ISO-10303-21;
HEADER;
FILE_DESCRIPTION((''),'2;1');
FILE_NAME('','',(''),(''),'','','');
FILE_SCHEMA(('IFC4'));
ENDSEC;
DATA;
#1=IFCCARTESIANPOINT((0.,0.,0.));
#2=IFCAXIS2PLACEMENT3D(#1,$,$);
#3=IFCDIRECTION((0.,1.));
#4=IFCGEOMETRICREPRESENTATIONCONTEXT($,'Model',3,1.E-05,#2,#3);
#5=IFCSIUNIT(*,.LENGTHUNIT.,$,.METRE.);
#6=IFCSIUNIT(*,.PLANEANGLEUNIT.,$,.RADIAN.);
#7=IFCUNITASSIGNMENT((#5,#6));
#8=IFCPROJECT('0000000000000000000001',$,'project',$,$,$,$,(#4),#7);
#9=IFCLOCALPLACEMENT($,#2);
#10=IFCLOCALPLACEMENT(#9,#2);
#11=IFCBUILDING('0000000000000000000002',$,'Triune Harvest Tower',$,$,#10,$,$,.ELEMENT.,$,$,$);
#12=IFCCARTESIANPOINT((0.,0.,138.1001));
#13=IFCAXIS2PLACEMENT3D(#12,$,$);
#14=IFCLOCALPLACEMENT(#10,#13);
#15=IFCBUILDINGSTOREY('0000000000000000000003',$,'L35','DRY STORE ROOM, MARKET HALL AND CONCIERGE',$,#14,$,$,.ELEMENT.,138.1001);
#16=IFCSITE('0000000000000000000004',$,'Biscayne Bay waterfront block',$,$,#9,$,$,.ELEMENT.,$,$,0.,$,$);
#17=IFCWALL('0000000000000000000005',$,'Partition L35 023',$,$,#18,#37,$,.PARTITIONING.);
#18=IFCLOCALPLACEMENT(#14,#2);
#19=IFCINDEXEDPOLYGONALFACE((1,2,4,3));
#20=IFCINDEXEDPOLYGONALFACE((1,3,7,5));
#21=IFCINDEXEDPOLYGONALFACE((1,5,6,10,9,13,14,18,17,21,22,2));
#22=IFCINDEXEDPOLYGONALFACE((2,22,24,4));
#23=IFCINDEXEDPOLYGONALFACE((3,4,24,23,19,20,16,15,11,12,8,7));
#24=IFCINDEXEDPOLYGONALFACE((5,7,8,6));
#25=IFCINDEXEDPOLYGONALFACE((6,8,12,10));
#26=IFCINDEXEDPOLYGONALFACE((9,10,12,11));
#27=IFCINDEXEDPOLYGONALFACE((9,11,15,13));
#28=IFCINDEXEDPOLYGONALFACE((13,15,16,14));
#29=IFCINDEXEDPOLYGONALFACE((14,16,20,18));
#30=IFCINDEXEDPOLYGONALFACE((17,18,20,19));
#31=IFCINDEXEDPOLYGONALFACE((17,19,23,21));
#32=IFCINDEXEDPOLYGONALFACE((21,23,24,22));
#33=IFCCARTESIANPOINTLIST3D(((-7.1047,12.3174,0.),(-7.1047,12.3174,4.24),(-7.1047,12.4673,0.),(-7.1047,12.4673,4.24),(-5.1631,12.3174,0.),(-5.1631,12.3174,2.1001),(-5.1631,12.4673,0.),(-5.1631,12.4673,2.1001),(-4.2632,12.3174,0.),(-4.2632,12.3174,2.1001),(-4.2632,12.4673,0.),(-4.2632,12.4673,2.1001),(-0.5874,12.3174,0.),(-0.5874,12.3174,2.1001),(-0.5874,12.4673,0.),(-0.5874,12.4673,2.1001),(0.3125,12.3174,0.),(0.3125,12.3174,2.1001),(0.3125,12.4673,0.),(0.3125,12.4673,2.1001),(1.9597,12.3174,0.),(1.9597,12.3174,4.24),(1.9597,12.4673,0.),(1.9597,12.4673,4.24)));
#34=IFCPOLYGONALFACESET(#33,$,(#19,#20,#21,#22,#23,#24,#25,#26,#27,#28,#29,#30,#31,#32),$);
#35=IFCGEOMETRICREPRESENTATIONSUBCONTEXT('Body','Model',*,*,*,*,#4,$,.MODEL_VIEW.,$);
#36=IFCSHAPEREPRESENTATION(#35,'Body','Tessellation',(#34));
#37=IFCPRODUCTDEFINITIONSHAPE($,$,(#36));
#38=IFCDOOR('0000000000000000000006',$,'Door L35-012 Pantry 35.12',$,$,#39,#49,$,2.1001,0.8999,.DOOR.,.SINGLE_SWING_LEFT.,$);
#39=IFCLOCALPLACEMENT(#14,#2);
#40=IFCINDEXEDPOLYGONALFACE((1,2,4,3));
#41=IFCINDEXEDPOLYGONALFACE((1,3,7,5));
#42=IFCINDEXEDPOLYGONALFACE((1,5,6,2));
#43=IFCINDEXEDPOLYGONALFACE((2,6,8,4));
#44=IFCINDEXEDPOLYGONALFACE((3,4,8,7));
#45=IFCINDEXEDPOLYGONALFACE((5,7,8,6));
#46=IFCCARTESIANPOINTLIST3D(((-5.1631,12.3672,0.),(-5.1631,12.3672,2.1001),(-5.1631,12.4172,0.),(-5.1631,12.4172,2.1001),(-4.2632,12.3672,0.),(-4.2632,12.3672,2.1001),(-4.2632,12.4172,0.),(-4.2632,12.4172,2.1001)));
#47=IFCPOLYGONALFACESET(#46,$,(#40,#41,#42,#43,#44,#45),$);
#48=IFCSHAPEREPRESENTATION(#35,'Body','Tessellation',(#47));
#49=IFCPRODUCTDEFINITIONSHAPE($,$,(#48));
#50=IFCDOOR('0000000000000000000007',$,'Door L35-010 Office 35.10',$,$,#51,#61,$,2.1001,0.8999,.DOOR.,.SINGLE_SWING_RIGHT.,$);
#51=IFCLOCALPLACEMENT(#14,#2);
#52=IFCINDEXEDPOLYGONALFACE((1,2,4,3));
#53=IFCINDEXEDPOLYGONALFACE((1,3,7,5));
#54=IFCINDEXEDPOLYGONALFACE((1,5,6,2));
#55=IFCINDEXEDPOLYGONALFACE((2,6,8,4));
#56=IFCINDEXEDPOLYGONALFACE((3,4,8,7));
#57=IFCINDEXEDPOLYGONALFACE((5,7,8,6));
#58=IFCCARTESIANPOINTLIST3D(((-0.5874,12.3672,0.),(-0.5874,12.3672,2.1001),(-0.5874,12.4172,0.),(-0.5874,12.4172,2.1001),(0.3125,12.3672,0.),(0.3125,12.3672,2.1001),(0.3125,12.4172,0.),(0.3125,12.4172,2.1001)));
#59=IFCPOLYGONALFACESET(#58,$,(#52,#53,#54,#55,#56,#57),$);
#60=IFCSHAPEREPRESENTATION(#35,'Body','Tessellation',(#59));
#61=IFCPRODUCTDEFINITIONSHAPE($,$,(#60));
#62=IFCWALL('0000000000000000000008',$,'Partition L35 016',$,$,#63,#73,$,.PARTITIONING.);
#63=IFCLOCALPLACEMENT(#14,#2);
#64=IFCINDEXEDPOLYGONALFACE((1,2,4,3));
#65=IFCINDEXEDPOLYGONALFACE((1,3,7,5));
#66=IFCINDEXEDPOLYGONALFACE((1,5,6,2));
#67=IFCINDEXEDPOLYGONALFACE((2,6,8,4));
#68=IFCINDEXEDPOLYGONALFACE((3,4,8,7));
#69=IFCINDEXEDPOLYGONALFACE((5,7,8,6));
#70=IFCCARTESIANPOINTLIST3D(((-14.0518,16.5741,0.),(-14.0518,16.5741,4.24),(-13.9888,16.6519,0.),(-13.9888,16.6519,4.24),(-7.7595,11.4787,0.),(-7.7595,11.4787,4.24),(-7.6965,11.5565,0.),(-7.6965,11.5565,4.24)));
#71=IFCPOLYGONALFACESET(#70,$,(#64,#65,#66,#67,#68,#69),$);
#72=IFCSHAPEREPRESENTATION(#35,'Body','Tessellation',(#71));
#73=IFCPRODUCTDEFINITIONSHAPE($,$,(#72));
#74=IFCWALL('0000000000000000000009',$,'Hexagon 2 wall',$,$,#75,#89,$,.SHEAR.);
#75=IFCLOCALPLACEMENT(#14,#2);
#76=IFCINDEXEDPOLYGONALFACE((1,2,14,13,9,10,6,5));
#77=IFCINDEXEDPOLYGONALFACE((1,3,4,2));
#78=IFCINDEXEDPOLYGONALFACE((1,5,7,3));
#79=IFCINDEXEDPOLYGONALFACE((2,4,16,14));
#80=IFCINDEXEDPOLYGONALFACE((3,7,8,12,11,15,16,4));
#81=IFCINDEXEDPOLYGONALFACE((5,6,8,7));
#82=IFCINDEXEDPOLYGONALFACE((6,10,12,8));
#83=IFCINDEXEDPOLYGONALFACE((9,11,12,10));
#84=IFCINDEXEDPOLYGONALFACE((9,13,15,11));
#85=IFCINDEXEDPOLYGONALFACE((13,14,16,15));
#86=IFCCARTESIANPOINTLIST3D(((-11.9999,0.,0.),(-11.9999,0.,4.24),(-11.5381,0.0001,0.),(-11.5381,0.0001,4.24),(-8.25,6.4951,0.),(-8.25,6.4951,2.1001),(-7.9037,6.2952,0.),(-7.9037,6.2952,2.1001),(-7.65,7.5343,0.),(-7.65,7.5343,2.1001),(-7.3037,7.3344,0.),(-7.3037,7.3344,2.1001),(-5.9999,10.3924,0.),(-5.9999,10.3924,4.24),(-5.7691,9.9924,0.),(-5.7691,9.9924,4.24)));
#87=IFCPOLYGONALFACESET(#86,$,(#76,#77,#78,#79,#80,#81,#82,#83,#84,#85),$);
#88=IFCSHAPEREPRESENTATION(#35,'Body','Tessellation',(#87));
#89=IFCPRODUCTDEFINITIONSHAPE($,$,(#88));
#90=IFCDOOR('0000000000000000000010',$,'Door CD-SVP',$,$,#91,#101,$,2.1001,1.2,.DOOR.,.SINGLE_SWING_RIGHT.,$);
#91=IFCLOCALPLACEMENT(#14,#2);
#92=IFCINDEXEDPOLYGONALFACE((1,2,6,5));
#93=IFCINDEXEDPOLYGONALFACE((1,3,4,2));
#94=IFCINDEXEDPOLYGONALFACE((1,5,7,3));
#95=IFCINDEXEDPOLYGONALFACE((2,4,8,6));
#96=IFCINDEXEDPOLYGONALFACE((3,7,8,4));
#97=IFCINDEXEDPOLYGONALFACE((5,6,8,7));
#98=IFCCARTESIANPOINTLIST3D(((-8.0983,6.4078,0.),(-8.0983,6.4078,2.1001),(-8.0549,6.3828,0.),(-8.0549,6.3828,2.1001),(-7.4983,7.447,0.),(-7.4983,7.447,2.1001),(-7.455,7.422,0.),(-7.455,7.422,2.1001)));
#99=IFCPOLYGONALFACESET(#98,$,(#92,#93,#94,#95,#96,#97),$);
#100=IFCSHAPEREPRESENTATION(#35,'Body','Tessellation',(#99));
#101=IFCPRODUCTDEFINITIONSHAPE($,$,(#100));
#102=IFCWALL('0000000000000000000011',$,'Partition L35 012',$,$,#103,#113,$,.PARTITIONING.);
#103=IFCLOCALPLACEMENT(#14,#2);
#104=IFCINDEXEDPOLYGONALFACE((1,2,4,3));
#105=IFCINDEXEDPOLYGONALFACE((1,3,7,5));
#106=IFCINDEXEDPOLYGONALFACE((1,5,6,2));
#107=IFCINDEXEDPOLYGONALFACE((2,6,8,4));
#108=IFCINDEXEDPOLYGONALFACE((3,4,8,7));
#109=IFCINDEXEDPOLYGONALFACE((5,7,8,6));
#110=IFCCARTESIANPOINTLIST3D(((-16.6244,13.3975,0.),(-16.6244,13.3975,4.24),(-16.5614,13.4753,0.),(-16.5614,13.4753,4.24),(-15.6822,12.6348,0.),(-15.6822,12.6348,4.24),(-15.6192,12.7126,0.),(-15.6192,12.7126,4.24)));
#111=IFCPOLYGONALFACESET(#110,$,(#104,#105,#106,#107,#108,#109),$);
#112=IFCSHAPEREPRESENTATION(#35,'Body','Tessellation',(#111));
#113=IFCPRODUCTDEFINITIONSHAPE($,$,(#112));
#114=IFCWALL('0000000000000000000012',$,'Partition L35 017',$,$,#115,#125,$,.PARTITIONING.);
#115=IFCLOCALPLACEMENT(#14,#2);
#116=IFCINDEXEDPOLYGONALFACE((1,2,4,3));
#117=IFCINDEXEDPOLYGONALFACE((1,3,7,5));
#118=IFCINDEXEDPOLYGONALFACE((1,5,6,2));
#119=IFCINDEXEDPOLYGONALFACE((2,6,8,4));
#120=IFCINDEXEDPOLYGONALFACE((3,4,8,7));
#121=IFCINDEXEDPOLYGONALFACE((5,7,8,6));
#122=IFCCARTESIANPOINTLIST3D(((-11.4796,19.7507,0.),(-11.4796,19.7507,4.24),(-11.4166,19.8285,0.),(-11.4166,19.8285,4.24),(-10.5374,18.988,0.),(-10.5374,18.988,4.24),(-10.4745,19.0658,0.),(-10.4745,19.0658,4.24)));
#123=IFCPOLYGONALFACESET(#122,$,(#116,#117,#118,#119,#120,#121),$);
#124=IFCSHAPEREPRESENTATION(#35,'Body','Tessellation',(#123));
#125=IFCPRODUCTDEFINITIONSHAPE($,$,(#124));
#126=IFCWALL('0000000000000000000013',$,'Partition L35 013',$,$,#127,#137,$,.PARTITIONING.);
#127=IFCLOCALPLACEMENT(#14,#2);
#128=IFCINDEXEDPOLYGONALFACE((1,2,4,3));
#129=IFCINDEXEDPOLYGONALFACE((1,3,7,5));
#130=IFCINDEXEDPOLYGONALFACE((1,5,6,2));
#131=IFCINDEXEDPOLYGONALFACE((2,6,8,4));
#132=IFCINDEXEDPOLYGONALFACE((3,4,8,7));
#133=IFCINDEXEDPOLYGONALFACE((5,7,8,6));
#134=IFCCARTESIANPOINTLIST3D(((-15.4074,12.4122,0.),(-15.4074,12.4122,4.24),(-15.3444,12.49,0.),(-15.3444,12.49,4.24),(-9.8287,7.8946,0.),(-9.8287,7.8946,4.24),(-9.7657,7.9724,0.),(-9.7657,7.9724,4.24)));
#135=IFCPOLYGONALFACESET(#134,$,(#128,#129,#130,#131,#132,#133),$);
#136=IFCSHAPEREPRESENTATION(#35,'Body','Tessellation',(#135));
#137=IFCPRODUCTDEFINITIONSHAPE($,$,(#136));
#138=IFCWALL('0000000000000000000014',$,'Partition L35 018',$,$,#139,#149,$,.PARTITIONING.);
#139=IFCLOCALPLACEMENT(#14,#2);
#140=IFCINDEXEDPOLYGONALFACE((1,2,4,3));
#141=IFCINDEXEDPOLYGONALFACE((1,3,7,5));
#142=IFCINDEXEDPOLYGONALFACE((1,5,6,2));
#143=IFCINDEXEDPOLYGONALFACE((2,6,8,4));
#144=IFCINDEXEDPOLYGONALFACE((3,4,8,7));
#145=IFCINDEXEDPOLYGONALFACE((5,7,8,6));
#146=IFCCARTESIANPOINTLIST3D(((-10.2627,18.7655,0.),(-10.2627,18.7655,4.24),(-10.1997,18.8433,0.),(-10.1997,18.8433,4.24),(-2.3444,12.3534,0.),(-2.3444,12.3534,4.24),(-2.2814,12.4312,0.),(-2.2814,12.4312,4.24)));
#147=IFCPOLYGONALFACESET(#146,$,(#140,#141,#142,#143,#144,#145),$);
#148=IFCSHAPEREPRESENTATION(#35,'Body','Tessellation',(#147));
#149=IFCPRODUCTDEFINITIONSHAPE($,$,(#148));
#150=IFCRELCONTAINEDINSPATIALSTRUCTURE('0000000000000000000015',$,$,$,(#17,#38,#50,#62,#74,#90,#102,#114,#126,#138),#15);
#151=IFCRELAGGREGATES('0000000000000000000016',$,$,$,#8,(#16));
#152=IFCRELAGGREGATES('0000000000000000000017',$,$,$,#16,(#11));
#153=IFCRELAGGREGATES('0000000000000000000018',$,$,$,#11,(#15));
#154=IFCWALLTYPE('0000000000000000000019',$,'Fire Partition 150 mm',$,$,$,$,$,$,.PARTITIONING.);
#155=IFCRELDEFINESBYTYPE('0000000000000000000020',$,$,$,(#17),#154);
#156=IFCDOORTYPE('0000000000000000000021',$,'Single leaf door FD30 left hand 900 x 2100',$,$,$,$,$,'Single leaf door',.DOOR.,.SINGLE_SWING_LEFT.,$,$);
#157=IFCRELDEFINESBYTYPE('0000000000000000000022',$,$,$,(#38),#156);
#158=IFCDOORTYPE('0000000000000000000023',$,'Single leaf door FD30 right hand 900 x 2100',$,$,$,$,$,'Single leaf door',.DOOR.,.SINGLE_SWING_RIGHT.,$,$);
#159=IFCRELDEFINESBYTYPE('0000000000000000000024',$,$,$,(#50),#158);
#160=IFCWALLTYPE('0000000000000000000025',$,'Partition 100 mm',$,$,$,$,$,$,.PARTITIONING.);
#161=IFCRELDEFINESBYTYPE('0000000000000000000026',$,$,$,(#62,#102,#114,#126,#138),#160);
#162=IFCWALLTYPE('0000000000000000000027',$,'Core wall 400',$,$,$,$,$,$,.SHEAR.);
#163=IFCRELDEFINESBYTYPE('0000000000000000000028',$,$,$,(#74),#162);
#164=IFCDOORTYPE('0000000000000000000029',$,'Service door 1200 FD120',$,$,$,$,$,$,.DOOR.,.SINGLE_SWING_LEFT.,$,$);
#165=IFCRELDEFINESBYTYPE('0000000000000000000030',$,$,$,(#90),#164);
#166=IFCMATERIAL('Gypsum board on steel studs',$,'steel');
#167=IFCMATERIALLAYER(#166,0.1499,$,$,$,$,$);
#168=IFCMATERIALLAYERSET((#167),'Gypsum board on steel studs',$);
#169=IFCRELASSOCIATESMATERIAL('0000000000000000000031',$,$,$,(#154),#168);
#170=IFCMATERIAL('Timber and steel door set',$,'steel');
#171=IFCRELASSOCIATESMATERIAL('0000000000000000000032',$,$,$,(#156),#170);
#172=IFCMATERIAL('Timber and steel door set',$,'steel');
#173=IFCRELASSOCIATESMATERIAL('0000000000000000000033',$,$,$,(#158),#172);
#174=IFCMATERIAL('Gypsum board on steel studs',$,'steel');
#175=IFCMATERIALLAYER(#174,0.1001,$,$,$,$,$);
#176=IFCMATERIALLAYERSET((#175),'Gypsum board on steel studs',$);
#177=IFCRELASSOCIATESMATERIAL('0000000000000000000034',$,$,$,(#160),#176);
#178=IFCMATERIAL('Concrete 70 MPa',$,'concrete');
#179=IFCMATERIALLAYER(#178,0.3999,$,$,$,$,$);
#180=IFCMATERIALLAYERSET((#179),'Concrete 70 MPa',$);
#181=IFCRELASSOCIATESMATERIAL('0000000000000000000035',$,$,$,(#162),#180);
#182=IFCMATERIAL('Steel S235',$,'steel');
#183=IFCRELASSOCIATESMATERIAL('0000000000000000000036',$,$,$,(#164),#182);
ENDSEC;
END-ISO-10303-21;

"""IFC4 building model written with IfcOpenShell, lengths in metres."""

from ifc_helpers import new_model, si_unit, direction, frame, frame_2d, origin, place, context, subcontext, project, spatial, polyline, rectangle, outline, extrude, source, transform, mapped, material, layer, layer_set, type_object, element, fill, save


model = new_model("IFC4")

# Units and contexts
model_context = context("Model", 3, precision=1e-05, world=origin(), true_north=direction((0.0, 1.0)))
body_context = subcontext(model_context, "Body", "Model", "MODEL_VIEW")
ifc_project = project(units=[si_unit("LENGTHUNIT", "METRE"), si_unit("PLANEANGLEUNIT", "RADIAN")], contexts=[model_context])

# Site, building, storey
site_placement = place(None, origin())
site = spatial("IfcSite", under=ifc_project, at=site_placement, Name="Biscayne Bay waterfront block", CompositionType="ELEMENT", RefElevation=0.0)
building_placement = place(site_placement, origin())
building = spatial("IfcBuilding", under=site, at=building_placement, Name="Triune Harvest Tower", CompositionType="ELEMENT")
storey_placement = place(building_placement, frame((0.0, 0.0, 138.1001)))
storey = spatial("IfcBuildingStorey", under=building, at=storey_placement, Name="L35", Description="DRY STORE ROOM, MARKET HALL AND CONCIERGE", CompositionType="ELEMENT", Elevation=138.1001)

# Wall, openings, doors
ifc_material_1 = material(Name="Gypsum board on steel studs", Category="steel")
ifc_layer_1 = layer(ifc_material_1, 0.1499)
ifc_layer_set_1 = layer_set([ifc_layer_1], Name="Gypsum board on steel studs")
wall_type_1 = type_object("IfcWallType", Name="Fire Partition 150 mm", PredefinedType="PARTITIONING", material=ifc_layer_set_1)
wall_1_placement = place(storey_placement, frame((-7.1047, 12.3923, 0.0), z_axis=(0.0, 0.0, 1.0), x_axis=(1.0, 0.0, 0.0)))
wall_1 = element("IfcWall", 1, at=wall_1_placement, inside=storey, type_object=wall_type_1, Name="Partition L35 023", PredefinedType="PARTITIONING", context=body_context, shape_type="SweptSolid", body=[
    extrude(rectangle(XDim=9.0645, YDim=0.1499, at=frame_2d((4.5322, 0.0))), origin(), (0.0, 0.0, 1.0), 4.24),
])
opening_1_placement = place(wall_1_placement, frame((6.5173, 0.0, 0.0)))
opening_1 = element("IfcOpeningElement", 2, at=opening_1_placement, cuts=wall_1, PredefinedType="OPENING", context=body_context, shape_type="SweptSolid", body=[
    extrude(rectangle(XDim=0.8999, YDim=2.1001, at=frame_2d((0.45, 1.05))), frame((0.0, 0.085, 0.0), z_axis=(0.0, -1.0, 0.0), x_axis=(1.0, 0.0, 0.0)), (0.0, 0.0, 1.0), 0.1699),
])
opening_2_placement = place(wall_1_placement, frame((1.9417, 0.0, 0.0)))
opening_2 = element("IfcOpeningElement", 3, at=opening_2_placement, cuts=wall_1, PredefinedType="OPENING", context=body_context, shape_type="SweptSolid", body=[
    extrude(rectangle(XDim=0.8999, YDim=2.1001, at=frame_2d((0.45, 1.05))), frame((0.0, 0.085, 0.0), z_axis=(0.0, -1.0, 0.0), x_axis=(1.0, 0.0, 0.0)), (0.0, 0.0, 1.0), 0.1699),
])
ifc_material_2 = material(Name="Timber and steel door set", Category="steel")
door_type_1 = type_object("IfcDoorType", Name="Single leaf door FD30 left hand 900 x 2100", ElementType="Single leaf door", OperationType="SINGLE_SWING_LEFT", PredefinedType="DOOR", material=ifc_material_2)
door_1_placement = place(opening_2_placement, origin())
door_1 = element("IfcDoor", 4, at=door_1_placement, inside=storey, type_object=door_type_1, Name="Door L35-012 Pantry 35.12", OperationType="SINGLE_SWING_LEFT", OverallHeight=2.1001, OverallWidth=0.8999, PredefinedType="DOOR", context=body_context, shape_type="SweptSolid", body=[
    extrude(rectangle(XDim=0.8999, YDim=2.1001, at=frame_2d((0.45, 1.05))), frame((0.0, 0.0249, 0.0), z_axis=(0.0, -1.0, 0.0), x_axis=(1.0, 0.0, 0.0)), (0.0, 0.0, 1.0), 0.05),
])
fill(opening_2, door_1)
ifc_material_3 = material(Name="Timber and steel door set", Category="steel")
door_type_2 = type_object("IfcDoorType", Name="Single leaf door FD30 right hand 900 x 2100", ElementType="Single leaf door", OperationType="SINGLE_SWING_RIGHT", PredefinedType="DOOR", material=ifc_material_3)
door_2_placement = place(opening_1_placement, origin())
door_2 = element("IfcDoor", 5, at=door_2_placement, inside=storey, type_object=door_type_2, Name="Door L35-010 Office 35.10", OperationType="SINGLE_SWING_RIGHT", OverallHeight=2.1001, OverallWidth=0.8999, PredefinedType="DOOR", context=body_context, shape_type="SweptSolid", body=[
    extrude(rectangle(XDim=0.8999, YDim=2.1001, at=frame_2d((0.45, 1.05))), frame((0.0, 0.0249, 0.0), z_axis=(0.0, -1.0, 0.0), x_axis=(1.0, 0.0, 0.0)), (0.0, 0.0, 1.0), 0.05),
])
fill(opening_1, door_2)

# Wall
ifc_material_4 = material(Name="Gypsum board on steel studs", Category="steel")
ifc_layer_2 = layer(ifc_material_4, 0.1001)
ifc_layer_set_2 = layer_set([ifc_layer_2], Name="Gypsum board on steel studs")
wall_type_2 = type_object("IfcWallType", Name="Partition 100 mm", PredefinedType="PARTITIONING", material=ifc_layer_set_2)
wall_2_placement = place(storey_placement, frame((-14.0203, 16.613, 0.0), z_axis=(0.0, 0.0, 1.0), x_axis=(0.77714, -0.629328, 0.0)))
element("IfcWall", 6, at=wall_2_placement, inside=storey, type_object=wall_type_2, Name="Partition L35 016", PredefinedType="PARTITIONING", context=body_context, shape_type="SweptSolid", body=[
    extrude(rectangle(XDim=8.0967, YDim=0.1001, at=frame_2d((4.0483, 0.0))), origin(), (0.0, 0.0, 1.0), 4.24),
])

# Wall, opening, door
ifc_material_5 = material(Name="Concrete 70 MPa", Category="concrete")
ifc_layer_3 = layer(ifc_material_5, 0.3999)
ifc_layer_set_3 = layer_set([ifc_layer_3], Name="Concrete 70 MPa")
wall_type_3 = type_object("IfcWallType", Name="Core wall 400", PredefinedType="SHEAR", material=ifc_layer_set_3)
shared_shape_1 = source(origin(), body_context, "Body", "SweptSolid", [
    extrude(outline(polyline([(-0.1155, -0.2), (11.8845, -0.2), (11.6536, 0.2), (0.1155, 0.2), (-0.1155, -0.2)])), origin(), (0.0, 0.0, 1.0), 4.24),
])
wall_3_placement = place(storey_placement, frame((-5.8845, 10.1924, 0.0), z_axis=(0.0, 0.0, 1.0), x_axis=(-0.499997, -0.866027, 0.0)))
wall_3 = element("IfcWall", 7, at=wall_3_placement, inside=storey, type_object=wall_type_3, Name="Hexagon 2 wall", PredefinedType="SHEAR", context=body_context, shape_type="MappedRepresentation", body=[
    mapped(shared_shape_1, transform((0.0, 0.0, 0.0), scale=1.0)),
])
opening_3_placement = place(wall_3_placement, frame((3.1846, 0.0, 0.0)))
opening_3 = element("IfcOpeningElement", 8, at=opening_3_placement, cuts=wall_3, PredefinedType="OPENING", context=body_context, shape_type="SweptSolid", body=[
    extrude(rectangle(XDim=1.2, YDim=2.1001, at=frame_2d((0.6001, 1.05))), frame((0.0, 0.21, 0.0), z_axis=(0.0, -1.0, 0.0), x_axis=(1.0, 0.0, 0.0)), (0.0, 0.0, 1.0), 0.4199),
])
ifc_material_6 = material(Name="Steel S235", Category="steel")
door_type_3 = type_object("IfcDoorType", Name="Service door 1200 FD120", OperationType="SINGLE_SWING_LEFT", PredefinedType="DOOR", material=ifc_material_6)
door_3_placement = place(opening_3_placement, frame((1.2, 0.0, 0.0), z_axis=(0.0, 0.0, 1.0), x_axis=(-1.0, 0.0, 0.0)))
door_3 = element("IfcDoor", 9, at=door_3_placement, inside=storey, type_object=door_type_3, Name="Door CD-SVP", OperationType="SINGLE_SWING_RIGHT", OverallHeight=2.1001, OverallWidth=1.2, PredefinedType="DOOR", context=body_context, shape_type="SweptSolid", body=[
    extrude(rectangle(XDim=1.2, YDim=2.1001, at=frame_2d((0.6001, 1.05))), frame((0.0, 0.0249, 0.0), z_axis=(0.0, -1.0, 0.0), x_axis=(1.0, 0.0, 0.0)), (0.0, 0.0, 1.0), 0.05),
])
fill(opening_3, door_3)

# Walls
shared_shape_2 = source(origin(), body_context, "Body", "SweptSolid", [
    extrude(rectangle(XDim=1.2122, YDim=0.1001, at=frame_2d((0.606, 0.0))), origin(), (0.0, 0.0, 1.0), 4.24),
])
for number, where, z_axis, x_axis, name in (
    (10, (-16.5928, 13.4363, 0.0), (0.0, 0.0, 1.0), (0.77724, -0.629204, 0.0), "Partition L35 012"),
    (11, (-11.448, 19.7896, 0.0), (0.0, 0.0, 1.0), (0.77724, -0.629204, 0.0), "Partition L35 017"),
):
    element("IfcWall", number, at=place(storey_placement, frame(where, z_axis=z_axis, x_axis=x_axis)), inside=storey, type_object=wall_type_2, Name=name, PredefinedType="PARTITIONING", context=body_context, shape_type="MappedRepresentation", body=[
        mapped(shared_shape_2, transform((0.0, 0.0, 0.0), scale=1.0)),
    ])
shared_shape_3 = source(origin(), body_context, "Body", "SweptSolid", [
    extrude(rectangle(XDim=7.1785, YDim=0.1001, at=frame_2d((3.5894, 0.0))), origin(), (0.0, 0.0, 1.0), 4.24),
])
wall_4_placement = place(storey_placement, frame((-15.376, 12.4512, 0.0), z_axis=(0.0, 0.0, 1.0), x_axis=(0.777139, -0.629329, 0.0)))
element("IfcWall", 12, at=wall_4_placement, inside=storey, type_object=wall_type_2, Name="Partition L35 013", PredefinedType="PARTITIONING", context=body_context, shape_type="MappedRepresentation", body=[
    mapped(shared_shape_3, transform((0.0, 0.0, 0.0), scale=1.0)),
])
shared_shape_4 = source(origin(), body_context, "Body", "SweptSolid", [
    extrude(rectangle(XDim=10.189, YDim=0.1001, at=frame_2d((5.0945, 0.0))), origin(), (0.0, 0.0, 1.0), 4.24),
])
wall_5_placement = place(storey_placement, frame((-10.2312, 18.8044, 0.0), z_axis=(0.0, 0.0, 1.0), x_axis=(0.777143, -0.629324, 0.0)))
element("IfcWall", 13, at=wall_5_placement, inside=storey, type_object=wall_type_2, Name="Partition L35 018", PredefinedType="PARTITIONING", context=body_context, shape_type="MappedRepresentation", body=[
    mapped(shared_shape_4, transform((0.0, 0.0, 0.0), scale=1.0)),
])

save(model, "model.ifc")
